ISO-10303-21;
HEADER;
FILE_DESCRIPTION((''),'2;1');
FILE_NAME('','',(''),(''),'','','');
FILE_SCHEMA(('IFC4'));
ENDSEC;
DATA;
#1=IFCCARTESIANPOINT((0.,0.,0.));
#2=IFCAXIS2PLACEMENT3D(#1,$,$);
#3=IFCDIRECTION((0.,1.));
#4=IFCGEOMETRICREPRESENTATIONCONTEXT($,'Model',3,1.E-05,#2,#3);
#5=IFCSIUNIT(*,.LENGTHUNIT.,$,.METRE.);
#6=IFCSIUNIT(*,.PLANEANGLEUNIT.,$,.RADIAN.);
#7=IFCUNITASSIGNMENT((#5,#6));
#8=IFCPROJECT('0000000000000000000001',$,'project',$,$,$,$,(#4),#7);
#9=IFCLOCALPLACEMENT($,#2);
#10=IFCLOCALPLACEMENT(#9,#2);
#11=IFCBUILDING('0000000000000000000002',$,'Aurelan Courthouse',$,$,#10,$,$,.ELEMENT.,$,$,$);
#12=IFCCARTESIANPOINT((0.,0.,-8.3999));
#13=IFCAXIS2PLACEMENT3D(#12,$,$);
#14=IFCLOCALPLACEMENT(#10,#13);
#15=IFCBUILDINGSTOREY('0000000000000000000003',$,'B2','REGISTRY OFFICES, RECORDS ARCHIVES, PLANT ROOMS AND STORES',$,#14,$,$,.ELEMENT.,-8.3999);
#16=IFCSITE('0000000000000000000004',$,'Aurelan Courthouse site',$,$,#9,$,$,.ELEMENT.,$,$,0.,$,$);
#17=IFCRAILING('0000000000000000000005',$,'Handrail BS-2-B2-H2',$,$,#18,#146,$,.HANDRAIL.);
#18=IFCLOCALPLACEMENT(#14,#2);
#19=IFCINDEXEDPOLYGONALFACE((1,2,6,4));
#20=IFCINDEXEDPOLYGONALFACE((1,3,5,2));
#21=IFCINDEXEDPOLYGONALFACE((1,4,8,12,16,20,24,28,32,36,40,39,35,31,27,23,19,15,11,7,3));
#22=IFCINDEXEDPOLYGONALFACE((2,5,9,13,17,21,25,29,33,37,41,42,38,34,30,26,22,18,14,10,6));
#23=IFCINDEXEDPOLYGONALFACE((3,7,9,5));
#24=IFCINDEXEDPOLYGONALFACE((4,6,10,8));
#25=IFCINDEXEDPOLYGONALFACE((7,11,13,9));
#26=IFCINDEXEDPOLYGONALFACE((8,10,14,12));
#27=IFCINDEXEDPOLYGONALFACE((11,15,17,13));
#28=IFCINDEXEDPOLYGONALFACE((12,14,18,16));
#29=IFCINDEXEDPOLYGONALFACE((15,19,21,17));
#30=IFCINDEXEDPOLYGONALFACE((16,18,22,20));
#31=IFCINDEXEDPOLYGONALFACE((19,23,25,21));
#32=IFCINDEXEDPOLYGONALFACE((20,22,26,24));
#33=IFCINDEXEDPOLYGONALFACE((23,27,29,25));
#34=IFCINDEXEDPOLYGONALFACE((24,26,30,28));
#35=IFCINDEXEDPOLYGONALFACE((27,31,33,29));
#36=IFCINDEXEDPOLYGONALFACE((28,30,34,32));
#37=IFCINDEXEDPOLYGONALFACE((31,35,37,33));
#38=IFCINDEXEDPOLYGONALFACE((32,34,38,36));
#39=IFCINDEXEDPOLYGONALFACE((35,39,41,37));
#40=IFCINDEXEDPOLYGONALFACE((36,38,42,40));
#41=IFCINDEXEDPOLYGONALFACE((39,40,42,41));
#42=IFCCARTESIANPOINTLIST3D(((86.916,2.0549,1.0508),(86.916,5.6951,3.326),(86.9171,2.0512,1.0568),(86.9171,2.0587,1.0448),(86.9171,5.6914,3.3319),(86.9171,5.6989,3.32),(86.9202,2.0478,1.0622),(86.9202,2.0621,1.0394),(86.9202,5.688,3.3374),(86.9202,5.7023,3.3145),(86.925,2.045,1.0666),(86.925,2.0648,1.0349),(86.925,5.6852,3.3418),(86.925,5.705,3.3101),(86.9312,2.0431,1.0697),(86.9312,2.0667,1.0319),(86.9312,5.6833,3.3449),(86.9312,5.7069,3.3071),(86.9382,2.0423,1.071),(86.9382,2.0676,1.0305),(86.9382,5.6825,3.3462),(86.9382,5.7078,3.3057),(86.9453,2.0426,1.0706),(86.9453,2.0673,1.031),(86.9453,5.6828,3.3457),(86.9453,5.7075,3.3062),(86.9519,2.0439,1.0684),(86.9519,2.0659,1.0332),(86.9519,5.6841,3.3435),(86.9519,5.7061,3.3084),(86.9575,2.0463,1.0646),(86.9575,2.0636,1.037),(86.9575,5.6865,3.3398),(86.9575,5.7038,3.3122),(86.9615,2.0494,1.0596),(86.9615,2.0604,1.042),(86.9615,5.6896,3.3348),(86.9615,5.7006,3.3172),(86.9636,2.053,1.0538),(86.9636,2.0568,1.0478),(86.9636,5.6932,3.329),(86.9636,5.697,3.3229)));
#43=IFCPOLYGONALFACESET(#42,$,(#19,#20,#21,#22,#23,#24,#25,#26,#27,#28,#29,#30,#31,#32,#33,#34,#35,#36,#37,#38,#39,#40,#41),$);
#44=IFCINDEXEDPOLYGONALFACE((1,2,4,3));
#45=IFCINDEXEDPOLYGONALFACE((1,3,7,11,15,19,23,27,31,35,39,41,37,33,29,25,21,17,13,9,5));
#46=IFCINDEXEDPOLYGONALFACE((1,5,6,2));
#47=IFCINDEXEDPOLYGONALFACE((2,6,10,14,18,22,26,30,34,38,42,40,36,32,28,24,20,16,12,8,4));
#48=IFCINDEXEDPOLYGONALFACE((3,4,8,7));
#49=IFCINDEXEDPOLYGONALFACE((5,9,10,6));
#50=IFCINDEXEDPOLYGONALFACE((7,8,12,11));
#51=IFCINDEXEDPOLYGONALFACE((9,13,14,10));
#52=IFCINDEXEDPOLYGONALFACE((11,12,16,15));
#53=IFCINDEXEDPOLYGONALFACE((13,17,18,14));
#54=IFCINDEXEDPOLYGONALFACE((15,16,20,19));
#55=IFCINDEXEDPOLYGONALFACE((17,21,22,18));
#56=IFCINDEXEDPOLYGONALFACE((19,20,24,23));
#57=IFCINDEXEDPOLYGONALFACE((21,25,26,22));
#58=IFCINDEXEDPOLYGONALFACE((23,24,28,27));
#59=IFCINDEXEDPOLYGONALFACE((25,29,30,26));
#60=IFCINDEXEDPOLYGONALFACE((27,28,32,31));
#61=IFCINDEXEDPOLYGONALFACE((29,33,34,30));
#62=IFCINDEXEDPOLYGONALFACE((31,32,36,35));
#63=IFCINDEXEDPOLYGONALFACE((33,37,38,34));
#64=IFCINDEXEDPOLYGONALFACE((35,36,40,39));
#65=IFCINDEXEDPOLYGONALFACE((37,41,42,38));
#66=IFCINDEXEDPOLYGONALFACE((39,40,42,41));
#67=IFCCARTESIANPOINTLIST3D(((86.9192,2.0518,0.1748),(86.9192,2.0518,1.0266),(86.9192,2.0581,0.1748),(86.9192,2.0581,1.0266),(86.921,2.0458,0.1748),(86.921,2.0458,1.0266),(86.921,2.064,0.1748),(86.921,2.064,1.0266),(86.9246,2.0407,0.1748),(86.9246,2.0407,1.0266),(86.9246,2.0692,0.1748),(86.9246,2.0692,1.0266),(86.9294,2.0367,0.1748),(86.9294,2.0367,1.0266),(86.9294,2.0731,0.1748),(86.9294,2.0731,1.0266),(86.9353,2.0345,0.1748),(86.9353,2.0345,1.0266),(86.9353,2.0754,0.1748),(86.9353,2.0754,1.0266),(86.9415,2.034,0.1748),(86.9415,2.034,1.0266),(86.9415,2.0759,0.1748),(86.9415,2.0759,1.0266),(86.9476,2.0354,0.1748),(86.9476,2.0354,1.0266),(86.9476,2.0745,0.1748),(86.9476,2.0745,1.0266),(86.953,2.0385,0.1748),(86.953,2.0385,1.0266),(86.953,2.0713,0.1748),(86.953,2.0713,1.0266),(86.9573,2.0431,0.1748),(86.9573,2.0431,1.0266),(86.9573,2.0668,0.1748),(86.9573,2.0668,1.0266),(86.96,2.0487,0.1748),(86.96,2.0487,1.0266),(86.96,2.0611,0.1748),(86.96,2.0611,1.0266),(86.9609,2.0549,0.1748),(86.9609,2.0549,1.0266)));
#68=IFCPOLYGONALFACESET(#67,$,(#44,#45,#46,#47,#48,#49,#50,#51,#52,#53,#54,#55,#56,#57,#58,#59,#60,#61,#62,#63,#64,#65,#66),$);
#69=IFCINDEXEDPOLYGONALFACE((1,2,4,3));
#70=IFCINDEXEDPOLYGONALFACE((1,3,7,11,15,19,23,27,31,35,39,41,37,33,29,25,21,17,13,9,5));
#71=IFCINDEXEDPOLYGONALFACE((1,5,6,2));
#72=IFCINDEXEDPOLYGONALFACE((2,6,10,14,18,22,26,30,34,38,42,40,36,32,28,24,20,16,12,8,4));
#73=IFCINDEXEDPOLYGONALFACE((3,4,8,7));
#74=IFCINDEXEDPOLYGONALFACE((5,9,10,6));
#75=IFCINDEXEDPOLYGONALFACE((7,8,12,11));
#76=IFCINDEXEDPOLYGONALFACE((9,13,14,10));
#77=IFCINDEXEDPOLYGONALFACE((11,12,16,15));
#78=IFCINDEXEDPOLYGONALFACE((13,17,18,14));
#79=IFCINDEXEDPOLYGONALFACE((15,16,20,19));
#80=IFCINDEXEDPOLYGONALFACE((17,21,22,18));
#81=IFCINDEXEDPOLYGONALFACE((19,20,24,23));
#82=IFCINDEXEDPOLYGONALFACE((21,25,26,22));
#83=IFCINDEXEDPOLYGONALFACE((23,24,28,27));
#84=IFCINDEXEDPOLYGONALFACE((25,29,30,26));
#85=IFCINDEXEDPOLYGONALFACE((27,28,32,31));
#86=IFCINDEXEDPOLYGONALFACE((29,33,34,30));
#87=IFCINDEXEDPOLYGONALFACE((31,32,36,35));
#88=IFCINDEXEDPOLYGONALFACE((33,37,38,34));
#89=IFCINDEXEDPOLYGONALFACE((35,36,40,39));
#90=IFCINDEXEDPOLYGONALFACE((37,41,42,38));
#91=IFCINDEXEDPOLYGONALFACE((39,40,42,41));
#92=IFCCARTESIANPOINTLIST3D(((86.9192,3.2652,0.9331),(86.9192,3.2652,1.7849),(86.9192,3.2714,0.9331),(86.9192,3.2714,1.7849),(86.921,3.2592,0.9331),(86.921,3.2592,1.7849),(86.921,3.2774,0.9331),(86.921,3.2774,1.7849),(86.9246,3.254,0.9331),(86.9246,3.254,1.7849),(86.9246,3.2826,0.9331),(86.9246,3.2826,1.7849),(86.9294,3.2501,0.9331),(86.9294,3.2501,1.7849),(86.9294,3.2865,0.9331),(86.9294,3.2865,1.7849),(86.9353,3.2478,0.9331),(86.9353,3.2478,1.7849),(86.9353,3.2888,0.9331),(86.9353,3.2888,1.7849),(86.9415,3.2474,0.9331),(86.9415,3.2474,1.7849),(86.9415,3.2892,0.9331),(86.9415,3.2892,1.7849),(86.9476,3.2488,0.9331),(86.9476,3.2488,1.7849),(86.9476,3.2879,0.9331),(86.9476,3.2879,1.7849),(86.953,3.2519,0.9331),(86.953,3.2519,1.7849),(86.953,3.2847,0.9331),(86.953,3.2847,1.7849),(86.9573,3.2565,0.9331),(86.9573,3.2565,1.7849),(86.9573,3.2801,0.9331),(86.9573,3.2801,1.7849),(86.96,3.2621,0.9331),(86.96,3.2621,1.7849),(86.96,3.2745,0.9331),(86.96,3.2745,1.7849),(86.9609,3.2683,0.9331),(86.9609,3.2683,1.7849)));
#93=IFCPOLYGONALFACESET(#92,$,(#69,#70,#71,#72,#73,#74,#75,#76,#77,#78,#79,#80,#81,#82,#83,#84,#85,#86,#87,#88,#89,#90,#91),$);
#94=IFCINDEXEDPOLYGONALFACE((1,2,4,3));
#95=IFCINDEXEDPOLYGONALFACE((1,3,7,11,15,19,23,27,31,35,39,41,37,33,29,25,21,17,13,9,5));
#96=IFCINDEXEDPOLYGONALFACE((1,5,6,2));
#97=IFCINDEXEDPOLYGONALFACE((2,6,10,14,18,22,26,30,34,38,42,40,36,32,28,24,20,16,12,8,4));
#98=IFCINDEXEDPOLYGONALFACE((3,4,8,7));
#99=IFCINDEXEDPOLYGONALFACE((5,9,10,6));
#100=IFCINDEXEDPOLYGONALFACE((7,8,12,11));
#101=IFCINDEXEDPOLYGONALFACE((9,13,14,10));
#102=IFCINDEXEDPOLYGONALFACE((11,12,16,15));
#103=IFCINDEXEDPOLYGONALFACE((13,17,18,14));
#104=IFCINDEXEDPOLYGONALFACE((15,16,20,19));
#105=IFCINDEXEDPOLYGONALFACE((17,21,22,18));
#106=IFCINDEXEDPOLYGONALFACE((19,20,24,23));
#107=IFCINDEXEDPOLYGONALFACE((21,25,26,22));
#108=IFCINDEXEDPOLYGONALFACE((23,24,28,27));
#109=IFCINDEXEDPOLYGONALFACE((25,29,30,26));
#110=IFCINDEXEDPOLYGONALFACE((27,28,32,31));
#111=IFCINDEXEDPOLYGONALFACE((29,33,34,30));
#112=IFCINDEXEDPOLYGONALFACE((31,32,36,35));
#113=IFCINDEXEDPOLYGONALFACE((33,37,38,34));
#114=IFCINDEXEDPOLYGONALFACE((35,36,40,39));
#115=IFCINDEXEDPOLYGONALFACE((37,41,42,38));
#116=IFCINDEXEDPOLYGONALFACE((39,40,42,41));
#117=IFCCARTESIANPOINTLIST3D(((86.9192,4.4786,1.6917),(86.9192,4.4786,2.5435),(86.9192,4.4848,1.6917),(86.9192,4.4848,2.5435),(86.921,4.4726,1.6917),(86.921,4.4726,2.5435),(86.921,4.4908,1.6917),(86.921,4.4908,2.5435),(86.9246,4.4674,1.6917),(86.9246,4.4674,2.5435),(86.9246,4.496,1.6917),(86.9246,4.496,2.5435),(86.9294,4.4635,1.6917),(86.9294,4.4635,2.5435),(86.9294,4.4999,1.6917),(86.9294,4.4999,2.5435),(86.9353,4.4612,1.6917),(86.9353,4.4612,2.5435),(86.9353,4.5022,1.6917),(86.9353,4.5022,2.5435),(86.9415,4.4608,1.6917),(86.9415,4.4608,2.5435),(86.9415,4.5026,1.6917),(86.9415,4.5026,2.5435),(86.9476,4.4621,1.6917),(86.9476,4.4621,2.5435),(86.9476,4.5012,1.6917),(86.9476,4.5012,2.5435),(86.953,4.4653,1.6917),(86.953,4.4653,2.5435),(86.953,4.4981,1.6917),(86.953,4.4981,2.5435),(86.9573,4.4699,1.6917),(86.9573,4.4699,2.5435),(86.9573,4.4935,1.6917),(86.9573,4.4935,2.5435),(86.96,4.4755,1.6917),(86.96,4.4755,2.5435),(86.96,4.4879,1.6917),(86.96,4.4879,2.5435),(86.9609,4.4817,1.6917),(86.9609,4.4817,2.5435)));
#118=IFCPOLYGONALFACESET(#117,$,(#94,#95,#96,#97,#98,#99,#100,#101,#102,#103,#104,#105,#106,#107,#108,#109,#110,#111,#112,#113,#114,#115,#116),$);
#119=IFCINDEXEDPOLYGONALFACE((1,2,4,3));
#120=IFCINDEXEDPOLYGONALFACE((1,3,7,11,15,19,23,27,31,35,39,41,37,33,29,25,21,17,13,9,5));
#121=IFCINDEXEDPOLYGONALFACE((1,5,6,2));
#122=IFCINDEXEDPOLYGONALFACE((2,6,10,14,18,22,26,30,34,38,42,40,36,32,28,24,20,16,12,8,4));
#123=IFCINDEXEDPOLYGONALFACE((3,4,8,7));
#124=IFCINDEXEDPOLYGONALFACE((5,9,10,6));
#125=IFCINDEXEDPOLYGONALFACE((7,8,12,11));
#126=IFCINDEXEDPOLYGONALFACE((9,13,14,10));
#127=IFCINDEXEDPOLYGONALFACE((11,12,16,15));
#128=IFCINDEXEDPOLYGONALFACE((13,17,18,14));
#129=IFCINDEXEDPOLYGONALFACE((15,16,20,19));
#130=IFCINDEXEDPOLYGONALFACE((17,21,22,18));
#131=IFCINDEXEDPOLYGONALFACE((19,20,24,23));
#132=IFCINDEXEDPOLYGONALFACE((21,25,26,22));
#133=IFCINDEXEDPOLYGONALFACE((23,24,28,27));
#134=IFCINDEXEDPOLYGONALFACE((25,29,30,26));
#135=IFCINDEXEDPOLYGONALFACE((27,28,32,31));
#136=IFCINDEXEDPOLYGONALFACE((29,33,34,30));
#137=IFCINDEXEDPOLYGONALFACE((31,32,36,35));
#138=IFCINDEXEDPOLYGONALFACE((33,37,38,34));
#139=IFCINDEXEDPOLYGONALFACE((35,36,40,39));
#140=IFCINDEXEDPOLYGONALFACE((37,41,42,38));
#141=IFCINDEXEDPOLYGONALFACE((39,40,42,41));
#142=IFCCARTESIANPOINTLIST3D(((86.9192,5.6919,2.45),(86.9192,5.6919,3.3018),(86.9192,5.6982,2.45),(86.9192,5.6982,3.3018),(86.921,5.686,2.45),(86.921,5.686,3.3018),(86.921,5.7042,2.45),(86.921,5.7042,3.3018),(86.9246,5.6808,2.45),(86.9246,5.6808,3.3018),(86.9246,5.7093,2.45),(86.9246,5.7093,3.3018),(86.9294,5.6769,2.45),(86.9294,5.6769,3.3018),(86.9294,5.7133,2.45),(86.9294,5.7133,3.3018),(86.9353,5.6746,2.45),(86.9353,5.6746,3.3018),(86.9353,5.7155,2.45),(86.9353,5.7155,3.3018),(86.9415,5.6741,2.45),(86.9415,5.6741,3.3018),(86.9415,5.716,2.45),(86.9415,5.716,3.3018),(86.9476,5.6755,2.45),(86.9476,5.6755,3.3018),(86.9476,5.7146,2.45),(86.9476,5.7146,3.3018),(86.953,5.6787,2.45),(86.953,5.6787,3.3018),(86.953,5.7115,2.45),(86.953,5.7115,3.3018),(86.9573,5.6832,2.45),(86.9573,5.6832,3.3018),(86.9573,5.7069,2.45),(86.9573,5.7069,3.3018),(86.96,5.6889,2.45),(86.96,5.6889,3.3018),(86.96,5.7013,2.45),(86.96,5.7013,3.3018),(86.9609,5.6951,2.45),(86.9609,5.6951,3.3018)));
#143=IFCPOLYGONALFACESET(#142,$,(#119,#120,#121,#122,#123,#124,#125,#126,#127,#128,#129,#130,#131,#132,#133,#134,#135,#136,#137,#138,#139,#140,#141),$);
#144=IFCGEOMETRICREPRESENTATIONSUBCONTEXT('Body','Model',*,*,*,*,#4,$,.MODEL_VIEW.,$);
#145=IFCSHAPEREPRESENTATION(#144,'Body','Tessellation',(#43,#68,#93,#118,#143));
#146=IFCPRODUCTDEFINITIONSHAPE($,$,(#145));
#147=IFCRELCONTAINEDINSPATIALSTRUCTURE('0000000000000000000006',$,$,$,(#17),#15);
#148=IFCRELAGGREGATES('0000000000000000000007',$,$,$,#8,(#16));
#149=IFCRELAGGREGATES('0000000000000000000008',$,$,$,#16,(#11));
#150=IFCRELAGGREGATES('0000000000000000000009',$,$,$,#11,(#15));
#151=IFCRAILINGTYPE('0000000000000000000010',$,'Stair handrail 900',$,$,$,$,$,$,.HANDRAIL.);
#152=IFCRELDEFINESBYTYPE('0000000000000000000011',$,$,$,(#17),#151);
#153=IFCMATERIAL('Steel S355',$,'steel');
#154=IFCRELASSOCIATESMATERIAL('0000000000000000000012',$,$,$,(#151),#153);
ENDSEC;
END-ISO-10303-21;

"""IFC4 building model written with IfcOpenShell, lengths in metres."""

from ifc_helpers import new_model, si_unit, direction, frame, origin, origin_2d, place, context, subcontext, project, spatial, circle, extrude, material, type_object, element, save


model = new_model("IFC4")

# Units and contexts
model_context = context("Model", 3, precision=1e-05, world=origin(), true_north=direction((0.0, 1.0)))
body_context = subcontext(model_context, "Body", "Model", "MODEL_VIEW")
ifc_project = project(units=[si_unit("LENGTHUNIT", "METRE"), si_unit("PLANEANGLEUNIT", "RADIAN")], contexts=[model_context])

# Site, building, storey
site_placement = place(None, origin())
site = spatial("IfcSite", under=ifc_project, at=site_placement, Name="Aurelan Courthouse site", CompositionType="ELEMENT", RefElevation=0.0)
building_placement = place(site_placement, origin())
building = spatial("IfcBuilding", under=site, at=building_placement, Name="Aurelan Courthouse", CompositionType="ELEMENT")
storey_placement = place(building_placement, frame((0.0, 0.0, -8.3999)))
storey = spatial("IfcBuildingStorey", under=building, at=storey_placement, Name="B2", Description="REGISTRY OFFICES, RECORDS ARCHIVES, PLANT ROOMS AND STORES", CompositionType="ELEMENT", Elevation=-8.3999)

# Railing
ifc_material_1 = material(Name="Steel S355", Category="steel")
railing_type_1 = type_object("IfcRailingType", Name="Stair handrail 900", PredefinedType="HANDRAIL", material=ifc_material_1)
for number, where, name in (
    (1, (86.9399, 2.0549, 0.1748), "Handrail BS-2-B2-H2"),
):
    element("IfcRailing", number, at=place(storey_placement, frame(where)), inside=storey, type_object=railing_type_1, Name=name, PredefinedType="HANDRAIL", context=body_context, shape_type="SweptSolid", body=[
        extrude(circle(Radius=0.0239, at=origin_2d()), frame((0.0, 0.0, 0.876), z_axis=(0.0, 0.847992, 0.530009), x_axis=(-1.0, 0.0, 0.0)), (0.0, 0.0, 1.0), 4.2927),
        extrude(circle(Radius=0.021, at=origin_2d()), origin(), (0.0, 0.0, 1.0), 0.8518),
        extrude(circle(Radius=0.021, at=origin_2d()), frame((0.0, 1.2134, 0.7583)), (0.0, 0.0, 1.0), 0.8518),
        extrude(circle(Radius=0.021, at=origin_2d()), frame((0.0, 2.4268, 1.5168)), (0.0, 0.0, 1.0), 0.8518),
        extrude(circle(Radius=0.021, at=origin_2d()), frame((0.0, 3.6401, 2.2751)), (0.0, 0.0, 1.0), 0.8518),
    ])

save(model, "model.ifc")
